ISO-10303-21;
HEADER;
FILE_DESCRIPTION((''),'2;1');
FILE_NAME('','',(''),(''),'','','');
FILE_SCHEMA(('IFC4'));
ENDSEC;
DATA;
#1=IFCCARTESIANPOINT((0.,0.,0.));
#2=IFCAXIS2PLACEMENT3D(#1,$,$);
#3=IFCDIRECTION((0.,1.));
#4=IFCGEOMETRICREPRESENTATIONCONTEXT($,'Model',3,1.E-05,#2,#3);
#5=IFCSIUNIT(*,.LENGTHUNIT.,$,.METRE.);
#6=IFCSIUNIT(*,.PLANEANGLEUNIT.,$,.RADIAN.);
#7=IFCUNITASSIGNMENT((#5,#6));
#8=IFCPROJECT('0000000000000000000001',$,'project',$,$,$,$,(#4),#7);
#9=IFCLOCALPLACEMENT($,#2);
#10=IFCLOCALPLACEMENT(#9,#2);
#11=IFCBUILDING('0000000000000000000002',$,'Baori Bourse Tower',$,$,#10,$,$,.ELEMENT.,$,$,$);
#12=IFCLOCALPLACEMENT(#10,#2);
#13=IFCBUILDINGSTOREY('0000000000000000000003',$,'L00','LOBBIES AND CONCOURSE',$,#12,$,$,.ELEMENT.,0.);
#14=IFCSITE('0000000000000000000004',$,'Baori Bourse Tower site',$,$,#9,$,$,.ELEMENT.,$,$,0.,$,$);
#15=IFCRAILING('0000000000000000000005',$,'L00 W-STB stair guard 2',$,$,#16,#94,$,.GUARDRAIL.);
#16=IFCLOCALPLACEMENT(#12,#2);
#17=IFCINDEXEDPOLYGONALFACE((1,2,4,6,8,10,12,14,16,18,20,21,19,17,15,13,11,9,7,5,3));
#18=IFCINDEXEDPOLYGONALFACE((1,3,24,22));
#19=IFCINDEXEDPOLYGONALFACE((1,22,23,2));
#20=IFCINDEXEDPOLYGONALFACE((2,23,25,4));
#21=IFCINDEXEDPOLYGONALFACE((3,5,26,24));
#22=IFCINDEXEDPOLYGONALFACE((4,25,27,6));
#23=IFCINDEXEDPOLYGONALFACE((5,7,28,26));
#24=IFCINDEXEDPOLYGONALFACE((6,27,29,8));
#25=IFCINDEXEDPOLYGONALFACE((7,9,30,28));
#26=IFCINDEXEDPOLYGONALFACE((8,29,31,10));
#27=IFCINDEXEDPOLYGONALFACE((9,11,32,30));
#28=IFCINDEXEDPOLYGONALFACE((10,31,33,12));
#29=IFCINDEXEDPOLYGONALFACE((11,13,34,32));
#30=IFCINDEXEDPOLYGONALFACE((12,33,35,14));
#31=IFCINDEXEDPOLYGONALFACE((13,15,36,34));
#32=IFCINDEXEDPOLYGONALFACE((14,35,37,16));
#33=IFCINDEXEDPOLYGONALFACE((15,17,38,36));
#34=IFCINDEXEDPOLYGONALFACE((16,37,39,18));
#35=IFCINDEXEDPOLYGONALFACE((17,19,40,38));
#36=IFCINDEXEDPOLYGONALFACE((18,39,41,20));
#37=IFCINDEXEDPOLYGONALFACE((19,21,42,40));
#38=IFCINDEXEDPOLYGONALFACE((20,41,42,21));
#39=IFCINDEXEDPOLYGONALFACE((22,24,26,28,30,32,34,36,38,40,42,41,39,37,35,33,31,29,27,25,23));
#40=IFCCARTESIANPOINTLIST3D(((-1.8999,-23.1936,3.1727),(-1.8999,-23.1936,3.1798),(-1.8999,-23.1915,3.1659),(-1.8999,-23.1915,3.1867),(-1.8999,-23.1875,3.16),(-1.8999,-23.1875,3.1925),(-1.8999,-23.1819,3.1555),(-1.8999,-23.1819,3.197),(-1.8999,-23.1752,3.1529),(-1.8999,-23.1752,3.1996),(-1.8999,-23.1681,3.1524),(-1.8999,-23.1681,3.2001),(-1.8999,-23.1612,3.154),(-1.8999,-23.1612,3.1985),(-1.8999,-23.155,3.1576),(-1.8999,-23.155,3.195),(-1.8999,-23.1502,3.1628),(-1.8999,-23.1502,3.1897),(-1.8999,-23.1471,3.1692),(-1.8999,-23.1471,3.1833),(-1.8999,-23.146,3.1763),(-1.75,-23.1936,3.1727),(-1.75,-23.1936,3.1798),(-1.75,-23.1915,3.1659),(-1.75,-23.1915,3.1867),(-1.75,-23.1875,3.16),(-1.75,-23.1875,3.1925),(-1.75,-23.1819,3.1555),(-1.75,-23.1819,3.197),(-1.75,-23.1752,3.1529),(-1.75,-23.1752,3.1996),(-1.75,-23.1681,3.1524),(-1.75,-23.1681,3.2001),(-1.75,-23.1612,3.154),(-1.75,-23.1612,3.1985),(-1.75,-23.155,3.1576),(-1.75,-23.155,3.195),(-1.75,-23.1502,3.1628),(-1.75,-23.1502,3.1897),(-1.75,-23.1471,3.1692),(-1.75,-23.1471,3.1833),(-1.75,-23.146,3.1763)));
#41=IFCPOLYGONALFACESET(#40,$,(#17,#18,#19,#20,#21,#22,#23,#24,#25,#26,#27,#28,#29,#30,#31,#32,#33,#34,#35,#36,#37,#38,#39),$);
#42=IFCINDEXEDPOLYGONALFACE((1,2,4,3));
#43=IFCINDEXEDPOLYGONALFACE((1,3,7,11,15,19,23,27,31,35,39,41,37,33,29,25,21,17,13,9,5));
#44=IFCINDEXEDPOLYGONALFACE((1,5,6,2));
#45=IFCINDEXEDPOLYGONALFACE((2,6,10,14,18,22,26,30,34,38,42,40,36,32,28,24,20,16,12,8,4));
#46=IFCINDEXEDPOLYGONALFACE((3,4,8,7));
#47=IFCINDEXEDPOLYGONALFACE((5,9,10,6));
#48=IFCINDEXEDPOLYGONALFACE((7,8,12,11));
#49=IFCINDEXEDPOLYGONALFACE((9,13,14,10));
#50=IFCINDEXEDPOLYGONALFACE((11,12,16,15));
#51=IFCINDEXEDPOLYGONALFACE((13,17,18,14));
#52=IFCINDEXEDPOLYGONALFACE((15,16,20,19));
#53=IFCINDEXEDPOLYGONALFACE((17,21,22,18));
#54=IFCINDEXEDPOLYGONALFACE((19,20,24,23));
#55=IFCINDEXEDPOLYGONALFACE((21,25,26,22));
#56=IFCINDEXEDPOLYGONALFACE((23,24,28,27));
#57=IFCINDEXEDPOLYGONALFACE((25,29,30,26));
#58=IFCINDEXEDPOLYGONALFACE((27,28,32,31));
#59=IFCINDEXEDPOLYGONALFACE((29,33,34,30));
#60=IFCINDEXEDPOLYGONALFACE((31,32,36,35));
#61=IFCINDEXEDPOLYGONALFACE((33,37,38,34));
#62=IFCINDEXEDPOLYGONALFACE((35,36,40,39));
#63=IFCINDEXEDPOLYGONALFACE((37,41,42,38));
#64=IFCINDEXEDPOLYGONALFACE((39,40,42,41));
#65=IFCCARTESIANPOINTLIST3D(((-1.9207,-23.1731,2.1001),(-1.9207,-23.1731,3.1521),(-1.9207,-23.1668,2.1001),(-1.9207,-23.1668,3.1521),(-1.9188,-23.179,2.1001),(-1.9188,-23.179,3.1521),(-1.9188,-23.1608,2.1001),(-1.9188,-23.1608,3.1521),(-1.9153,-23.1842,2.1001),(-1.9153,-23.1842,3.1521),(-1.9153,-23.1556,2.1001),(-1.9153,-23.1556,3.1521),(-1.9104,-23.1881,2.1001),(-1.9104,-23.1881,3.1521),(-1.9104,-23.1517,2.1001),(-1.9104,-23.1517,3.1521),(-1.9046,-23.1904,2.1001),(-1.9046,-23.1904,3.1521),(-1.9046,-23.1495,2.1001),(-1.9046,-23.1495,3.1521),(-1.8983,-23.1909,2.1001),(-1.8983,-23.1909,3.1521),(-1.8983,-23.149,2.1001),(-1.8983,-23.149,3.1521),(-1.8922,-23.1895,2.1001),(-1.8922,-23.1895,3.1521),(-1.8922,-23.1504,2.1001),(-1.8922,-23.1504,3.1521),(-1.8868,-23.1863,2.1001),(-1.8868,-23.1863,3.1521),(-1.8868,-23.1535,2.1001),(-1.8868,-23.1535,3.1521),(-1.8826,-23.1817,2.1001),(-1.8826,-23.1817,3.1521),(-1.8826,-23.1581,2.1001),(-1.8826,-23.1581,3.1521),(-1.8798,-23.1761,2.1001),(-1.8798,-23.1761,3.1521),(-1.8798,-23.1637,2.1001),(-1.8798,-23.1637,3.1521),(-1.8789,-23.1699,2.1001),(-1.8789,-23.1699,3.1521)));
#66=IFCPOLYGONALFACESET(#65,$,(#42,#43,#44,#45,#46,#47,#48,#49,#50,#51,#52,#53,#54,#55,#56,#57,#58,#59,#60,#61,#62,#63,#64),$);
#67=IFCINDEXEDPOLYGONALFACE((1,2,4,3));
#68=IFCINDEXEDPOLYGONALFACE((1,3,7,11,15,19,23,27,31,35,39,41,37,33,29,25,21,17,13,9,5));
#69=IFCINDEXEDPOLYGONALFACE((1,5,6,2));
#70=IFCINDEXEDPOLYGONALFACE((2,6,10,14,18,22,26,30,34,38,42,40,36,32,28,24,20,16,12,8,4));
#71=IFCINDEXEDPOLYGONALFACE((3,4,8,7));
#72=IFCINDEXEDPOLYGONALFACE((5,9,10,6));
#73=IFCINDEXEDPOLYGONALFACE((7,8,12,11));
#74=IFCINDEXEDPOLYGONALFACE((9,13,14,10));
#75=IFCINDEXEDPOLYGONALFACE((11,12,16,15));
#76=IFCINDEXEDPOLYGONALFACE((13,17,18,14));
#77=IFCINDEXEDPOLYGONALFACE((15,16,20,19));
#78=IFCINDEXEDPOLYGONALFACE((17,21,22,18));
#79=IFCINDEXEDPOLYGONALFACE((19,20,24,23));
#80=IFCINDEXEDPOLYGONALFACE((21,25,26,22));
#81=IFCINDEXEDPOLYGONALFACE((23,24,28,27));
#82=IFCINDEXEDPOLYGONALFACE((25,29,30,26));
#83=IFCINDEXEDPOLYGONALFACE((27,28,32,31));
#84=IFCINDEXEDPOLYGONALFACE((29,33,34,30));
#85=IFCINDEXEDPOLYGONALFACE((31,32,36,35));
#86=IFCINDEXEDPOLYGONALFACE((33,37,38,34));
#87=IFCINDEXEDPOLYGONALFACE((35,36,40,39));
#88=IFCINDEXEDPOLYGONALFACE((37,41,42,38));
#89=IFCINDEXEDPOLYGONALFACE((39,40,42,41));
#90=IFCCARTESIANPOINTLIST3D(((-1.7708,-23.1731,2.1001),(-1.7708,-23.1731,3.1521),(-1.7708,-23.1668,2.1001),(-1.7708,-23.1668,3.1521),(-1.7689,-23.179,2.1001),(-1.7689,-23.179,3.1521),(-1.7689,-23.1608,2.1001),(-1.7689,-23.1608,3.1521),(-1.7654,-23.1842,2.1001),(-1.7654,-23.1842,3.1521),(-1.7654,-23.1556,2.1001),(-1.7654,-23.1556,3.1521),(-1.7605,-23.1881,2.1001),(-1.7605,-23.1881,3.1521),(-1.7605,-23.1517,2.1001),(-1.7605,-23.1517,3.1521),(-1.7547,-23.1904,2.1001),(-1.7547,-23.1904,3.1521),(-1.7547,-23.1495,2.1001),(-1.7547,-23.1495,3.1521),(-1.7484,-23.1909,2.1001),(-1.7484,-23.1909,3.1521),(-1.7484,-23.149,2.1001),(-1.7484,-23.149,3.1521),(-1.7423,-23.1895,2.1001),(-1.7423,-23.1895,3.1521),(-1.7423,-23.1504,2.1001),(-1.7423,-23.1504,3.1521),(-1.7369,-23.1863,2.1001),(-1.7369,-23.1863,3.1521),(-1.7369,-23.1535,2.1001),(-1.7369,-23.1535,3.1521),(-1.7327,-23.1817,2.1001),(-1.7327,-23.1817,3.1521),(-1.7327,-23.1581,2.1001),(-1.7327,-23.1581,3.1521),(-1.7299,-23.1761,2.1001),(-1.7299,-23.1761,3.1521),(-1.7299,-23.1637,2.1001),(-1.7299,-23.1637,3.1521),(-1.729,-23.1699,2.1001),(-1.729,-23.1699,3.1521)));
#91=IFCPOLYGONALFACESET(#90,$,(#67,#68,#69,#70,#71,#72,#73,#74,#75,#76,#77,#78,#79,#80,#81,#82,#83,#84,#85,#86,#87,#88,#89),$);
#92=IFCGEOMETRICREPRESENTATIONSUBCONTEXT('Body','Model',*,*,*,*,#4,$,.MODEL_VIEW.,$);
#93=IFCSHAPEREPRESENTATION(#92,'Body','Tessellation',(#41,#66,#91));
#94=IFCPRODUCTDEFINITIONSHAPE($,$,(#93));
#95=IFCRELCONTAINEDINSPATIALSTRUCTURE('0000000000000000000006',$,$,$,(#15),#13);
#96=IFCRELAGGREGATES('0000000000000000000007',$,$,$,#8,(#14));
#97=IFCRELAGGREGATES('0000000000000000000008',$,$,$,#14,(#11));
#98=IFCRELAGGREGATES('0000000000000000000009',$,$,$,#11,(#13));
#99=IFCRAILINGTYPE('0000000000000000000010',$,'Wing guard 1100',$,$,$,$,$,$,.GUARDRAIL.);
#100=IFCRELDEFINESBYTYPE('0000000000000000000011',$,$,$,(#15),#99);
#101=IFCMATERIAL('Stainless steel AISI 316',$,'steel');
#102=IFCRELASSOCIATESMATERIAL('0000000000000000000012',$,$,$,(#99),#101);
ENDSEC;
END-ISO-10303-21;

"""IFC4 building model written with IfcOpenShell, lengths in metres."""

from ifc_helpers import new_model, si_unit, direction, frame, origin, origin_2d, place, context, subcontext, project, spatial, circle, extrude, material, type_object, element, save


model = new_model("IFC4")

# Units and contexts
model_context = context("Model", 3, precision=1e-05, world=origin(), true_north=direction((0.0, 1.0)))
body_context = subcontext(model_context, "Body", "Model", "MODEL_VIEW")
ifc_project = project(units=[si_unit("LENGTHUNIT", "METRE"), si_unit("PLANEANGLEUNIT", "RADIAN")], contexts=[model_context])

# Site, building, storey
site_placement = place(None, origin())
site = spatial("IfcSite", under=ifc_project, at=site_placement, Name="Baori Bourse Tower site", CompositionType="ELEMENT", RefElevation=0.0)
building_placement = place(site_placement, origin())
building = spatial("IfcBuilding", under=site, at=building_placement, Name="Baori Bourse Tower", CompositionType="ELEMENT")
storey_placement = place(building_placement, origin())
storey = spatial("IfcBuildingStorey", under=building, at=storey_placement, Name="L00", Description="LOBBIES AND CONCOURSE", CompositionType="ELEMENT", Elevation=0.0)

# Railing
ifc_material_1 = material(Name="Stainless steel AISI 316", Category="steel")
railing_type = type_object("IfcRailingType", Name="Wing guard 1100", PredefinedType="GUARDRAIL", material=ifc_material_1)
railing_1_placement = place(storey_placement, frame((-1.8999, -23.1699, 2.1001)))
element("IfcRailing", 1, at=railing_1_placement, inside=storey, type_object=railing_type, Name="L00 W-STB stair guard 2", PredefinedType="GUARDRAIL", context=body_context, shape_type="SweptSolid", body=[
    extrude(circle(Radius=0.0239, at=origin_2d()), frame((0.0, 0.0, 1.0762), z_axis=(1.0, 0.0, 0.0), x_axis=(0.0, 1.0, 0.0)), (0.0, 0.0, 1.0), 0.1499),
    extrude(circle(Radius=0.021, at=origin_2d()), origin(), (0.0, 0.0, 1.0), 1.052),
    extrude(circle(Radius=0.021, at=origin_2d()), frame((0.1499, 0.0, 0.0)), (0.0, 0.0, 1.0), 1.052),
])

save(model, "model.ifc")
